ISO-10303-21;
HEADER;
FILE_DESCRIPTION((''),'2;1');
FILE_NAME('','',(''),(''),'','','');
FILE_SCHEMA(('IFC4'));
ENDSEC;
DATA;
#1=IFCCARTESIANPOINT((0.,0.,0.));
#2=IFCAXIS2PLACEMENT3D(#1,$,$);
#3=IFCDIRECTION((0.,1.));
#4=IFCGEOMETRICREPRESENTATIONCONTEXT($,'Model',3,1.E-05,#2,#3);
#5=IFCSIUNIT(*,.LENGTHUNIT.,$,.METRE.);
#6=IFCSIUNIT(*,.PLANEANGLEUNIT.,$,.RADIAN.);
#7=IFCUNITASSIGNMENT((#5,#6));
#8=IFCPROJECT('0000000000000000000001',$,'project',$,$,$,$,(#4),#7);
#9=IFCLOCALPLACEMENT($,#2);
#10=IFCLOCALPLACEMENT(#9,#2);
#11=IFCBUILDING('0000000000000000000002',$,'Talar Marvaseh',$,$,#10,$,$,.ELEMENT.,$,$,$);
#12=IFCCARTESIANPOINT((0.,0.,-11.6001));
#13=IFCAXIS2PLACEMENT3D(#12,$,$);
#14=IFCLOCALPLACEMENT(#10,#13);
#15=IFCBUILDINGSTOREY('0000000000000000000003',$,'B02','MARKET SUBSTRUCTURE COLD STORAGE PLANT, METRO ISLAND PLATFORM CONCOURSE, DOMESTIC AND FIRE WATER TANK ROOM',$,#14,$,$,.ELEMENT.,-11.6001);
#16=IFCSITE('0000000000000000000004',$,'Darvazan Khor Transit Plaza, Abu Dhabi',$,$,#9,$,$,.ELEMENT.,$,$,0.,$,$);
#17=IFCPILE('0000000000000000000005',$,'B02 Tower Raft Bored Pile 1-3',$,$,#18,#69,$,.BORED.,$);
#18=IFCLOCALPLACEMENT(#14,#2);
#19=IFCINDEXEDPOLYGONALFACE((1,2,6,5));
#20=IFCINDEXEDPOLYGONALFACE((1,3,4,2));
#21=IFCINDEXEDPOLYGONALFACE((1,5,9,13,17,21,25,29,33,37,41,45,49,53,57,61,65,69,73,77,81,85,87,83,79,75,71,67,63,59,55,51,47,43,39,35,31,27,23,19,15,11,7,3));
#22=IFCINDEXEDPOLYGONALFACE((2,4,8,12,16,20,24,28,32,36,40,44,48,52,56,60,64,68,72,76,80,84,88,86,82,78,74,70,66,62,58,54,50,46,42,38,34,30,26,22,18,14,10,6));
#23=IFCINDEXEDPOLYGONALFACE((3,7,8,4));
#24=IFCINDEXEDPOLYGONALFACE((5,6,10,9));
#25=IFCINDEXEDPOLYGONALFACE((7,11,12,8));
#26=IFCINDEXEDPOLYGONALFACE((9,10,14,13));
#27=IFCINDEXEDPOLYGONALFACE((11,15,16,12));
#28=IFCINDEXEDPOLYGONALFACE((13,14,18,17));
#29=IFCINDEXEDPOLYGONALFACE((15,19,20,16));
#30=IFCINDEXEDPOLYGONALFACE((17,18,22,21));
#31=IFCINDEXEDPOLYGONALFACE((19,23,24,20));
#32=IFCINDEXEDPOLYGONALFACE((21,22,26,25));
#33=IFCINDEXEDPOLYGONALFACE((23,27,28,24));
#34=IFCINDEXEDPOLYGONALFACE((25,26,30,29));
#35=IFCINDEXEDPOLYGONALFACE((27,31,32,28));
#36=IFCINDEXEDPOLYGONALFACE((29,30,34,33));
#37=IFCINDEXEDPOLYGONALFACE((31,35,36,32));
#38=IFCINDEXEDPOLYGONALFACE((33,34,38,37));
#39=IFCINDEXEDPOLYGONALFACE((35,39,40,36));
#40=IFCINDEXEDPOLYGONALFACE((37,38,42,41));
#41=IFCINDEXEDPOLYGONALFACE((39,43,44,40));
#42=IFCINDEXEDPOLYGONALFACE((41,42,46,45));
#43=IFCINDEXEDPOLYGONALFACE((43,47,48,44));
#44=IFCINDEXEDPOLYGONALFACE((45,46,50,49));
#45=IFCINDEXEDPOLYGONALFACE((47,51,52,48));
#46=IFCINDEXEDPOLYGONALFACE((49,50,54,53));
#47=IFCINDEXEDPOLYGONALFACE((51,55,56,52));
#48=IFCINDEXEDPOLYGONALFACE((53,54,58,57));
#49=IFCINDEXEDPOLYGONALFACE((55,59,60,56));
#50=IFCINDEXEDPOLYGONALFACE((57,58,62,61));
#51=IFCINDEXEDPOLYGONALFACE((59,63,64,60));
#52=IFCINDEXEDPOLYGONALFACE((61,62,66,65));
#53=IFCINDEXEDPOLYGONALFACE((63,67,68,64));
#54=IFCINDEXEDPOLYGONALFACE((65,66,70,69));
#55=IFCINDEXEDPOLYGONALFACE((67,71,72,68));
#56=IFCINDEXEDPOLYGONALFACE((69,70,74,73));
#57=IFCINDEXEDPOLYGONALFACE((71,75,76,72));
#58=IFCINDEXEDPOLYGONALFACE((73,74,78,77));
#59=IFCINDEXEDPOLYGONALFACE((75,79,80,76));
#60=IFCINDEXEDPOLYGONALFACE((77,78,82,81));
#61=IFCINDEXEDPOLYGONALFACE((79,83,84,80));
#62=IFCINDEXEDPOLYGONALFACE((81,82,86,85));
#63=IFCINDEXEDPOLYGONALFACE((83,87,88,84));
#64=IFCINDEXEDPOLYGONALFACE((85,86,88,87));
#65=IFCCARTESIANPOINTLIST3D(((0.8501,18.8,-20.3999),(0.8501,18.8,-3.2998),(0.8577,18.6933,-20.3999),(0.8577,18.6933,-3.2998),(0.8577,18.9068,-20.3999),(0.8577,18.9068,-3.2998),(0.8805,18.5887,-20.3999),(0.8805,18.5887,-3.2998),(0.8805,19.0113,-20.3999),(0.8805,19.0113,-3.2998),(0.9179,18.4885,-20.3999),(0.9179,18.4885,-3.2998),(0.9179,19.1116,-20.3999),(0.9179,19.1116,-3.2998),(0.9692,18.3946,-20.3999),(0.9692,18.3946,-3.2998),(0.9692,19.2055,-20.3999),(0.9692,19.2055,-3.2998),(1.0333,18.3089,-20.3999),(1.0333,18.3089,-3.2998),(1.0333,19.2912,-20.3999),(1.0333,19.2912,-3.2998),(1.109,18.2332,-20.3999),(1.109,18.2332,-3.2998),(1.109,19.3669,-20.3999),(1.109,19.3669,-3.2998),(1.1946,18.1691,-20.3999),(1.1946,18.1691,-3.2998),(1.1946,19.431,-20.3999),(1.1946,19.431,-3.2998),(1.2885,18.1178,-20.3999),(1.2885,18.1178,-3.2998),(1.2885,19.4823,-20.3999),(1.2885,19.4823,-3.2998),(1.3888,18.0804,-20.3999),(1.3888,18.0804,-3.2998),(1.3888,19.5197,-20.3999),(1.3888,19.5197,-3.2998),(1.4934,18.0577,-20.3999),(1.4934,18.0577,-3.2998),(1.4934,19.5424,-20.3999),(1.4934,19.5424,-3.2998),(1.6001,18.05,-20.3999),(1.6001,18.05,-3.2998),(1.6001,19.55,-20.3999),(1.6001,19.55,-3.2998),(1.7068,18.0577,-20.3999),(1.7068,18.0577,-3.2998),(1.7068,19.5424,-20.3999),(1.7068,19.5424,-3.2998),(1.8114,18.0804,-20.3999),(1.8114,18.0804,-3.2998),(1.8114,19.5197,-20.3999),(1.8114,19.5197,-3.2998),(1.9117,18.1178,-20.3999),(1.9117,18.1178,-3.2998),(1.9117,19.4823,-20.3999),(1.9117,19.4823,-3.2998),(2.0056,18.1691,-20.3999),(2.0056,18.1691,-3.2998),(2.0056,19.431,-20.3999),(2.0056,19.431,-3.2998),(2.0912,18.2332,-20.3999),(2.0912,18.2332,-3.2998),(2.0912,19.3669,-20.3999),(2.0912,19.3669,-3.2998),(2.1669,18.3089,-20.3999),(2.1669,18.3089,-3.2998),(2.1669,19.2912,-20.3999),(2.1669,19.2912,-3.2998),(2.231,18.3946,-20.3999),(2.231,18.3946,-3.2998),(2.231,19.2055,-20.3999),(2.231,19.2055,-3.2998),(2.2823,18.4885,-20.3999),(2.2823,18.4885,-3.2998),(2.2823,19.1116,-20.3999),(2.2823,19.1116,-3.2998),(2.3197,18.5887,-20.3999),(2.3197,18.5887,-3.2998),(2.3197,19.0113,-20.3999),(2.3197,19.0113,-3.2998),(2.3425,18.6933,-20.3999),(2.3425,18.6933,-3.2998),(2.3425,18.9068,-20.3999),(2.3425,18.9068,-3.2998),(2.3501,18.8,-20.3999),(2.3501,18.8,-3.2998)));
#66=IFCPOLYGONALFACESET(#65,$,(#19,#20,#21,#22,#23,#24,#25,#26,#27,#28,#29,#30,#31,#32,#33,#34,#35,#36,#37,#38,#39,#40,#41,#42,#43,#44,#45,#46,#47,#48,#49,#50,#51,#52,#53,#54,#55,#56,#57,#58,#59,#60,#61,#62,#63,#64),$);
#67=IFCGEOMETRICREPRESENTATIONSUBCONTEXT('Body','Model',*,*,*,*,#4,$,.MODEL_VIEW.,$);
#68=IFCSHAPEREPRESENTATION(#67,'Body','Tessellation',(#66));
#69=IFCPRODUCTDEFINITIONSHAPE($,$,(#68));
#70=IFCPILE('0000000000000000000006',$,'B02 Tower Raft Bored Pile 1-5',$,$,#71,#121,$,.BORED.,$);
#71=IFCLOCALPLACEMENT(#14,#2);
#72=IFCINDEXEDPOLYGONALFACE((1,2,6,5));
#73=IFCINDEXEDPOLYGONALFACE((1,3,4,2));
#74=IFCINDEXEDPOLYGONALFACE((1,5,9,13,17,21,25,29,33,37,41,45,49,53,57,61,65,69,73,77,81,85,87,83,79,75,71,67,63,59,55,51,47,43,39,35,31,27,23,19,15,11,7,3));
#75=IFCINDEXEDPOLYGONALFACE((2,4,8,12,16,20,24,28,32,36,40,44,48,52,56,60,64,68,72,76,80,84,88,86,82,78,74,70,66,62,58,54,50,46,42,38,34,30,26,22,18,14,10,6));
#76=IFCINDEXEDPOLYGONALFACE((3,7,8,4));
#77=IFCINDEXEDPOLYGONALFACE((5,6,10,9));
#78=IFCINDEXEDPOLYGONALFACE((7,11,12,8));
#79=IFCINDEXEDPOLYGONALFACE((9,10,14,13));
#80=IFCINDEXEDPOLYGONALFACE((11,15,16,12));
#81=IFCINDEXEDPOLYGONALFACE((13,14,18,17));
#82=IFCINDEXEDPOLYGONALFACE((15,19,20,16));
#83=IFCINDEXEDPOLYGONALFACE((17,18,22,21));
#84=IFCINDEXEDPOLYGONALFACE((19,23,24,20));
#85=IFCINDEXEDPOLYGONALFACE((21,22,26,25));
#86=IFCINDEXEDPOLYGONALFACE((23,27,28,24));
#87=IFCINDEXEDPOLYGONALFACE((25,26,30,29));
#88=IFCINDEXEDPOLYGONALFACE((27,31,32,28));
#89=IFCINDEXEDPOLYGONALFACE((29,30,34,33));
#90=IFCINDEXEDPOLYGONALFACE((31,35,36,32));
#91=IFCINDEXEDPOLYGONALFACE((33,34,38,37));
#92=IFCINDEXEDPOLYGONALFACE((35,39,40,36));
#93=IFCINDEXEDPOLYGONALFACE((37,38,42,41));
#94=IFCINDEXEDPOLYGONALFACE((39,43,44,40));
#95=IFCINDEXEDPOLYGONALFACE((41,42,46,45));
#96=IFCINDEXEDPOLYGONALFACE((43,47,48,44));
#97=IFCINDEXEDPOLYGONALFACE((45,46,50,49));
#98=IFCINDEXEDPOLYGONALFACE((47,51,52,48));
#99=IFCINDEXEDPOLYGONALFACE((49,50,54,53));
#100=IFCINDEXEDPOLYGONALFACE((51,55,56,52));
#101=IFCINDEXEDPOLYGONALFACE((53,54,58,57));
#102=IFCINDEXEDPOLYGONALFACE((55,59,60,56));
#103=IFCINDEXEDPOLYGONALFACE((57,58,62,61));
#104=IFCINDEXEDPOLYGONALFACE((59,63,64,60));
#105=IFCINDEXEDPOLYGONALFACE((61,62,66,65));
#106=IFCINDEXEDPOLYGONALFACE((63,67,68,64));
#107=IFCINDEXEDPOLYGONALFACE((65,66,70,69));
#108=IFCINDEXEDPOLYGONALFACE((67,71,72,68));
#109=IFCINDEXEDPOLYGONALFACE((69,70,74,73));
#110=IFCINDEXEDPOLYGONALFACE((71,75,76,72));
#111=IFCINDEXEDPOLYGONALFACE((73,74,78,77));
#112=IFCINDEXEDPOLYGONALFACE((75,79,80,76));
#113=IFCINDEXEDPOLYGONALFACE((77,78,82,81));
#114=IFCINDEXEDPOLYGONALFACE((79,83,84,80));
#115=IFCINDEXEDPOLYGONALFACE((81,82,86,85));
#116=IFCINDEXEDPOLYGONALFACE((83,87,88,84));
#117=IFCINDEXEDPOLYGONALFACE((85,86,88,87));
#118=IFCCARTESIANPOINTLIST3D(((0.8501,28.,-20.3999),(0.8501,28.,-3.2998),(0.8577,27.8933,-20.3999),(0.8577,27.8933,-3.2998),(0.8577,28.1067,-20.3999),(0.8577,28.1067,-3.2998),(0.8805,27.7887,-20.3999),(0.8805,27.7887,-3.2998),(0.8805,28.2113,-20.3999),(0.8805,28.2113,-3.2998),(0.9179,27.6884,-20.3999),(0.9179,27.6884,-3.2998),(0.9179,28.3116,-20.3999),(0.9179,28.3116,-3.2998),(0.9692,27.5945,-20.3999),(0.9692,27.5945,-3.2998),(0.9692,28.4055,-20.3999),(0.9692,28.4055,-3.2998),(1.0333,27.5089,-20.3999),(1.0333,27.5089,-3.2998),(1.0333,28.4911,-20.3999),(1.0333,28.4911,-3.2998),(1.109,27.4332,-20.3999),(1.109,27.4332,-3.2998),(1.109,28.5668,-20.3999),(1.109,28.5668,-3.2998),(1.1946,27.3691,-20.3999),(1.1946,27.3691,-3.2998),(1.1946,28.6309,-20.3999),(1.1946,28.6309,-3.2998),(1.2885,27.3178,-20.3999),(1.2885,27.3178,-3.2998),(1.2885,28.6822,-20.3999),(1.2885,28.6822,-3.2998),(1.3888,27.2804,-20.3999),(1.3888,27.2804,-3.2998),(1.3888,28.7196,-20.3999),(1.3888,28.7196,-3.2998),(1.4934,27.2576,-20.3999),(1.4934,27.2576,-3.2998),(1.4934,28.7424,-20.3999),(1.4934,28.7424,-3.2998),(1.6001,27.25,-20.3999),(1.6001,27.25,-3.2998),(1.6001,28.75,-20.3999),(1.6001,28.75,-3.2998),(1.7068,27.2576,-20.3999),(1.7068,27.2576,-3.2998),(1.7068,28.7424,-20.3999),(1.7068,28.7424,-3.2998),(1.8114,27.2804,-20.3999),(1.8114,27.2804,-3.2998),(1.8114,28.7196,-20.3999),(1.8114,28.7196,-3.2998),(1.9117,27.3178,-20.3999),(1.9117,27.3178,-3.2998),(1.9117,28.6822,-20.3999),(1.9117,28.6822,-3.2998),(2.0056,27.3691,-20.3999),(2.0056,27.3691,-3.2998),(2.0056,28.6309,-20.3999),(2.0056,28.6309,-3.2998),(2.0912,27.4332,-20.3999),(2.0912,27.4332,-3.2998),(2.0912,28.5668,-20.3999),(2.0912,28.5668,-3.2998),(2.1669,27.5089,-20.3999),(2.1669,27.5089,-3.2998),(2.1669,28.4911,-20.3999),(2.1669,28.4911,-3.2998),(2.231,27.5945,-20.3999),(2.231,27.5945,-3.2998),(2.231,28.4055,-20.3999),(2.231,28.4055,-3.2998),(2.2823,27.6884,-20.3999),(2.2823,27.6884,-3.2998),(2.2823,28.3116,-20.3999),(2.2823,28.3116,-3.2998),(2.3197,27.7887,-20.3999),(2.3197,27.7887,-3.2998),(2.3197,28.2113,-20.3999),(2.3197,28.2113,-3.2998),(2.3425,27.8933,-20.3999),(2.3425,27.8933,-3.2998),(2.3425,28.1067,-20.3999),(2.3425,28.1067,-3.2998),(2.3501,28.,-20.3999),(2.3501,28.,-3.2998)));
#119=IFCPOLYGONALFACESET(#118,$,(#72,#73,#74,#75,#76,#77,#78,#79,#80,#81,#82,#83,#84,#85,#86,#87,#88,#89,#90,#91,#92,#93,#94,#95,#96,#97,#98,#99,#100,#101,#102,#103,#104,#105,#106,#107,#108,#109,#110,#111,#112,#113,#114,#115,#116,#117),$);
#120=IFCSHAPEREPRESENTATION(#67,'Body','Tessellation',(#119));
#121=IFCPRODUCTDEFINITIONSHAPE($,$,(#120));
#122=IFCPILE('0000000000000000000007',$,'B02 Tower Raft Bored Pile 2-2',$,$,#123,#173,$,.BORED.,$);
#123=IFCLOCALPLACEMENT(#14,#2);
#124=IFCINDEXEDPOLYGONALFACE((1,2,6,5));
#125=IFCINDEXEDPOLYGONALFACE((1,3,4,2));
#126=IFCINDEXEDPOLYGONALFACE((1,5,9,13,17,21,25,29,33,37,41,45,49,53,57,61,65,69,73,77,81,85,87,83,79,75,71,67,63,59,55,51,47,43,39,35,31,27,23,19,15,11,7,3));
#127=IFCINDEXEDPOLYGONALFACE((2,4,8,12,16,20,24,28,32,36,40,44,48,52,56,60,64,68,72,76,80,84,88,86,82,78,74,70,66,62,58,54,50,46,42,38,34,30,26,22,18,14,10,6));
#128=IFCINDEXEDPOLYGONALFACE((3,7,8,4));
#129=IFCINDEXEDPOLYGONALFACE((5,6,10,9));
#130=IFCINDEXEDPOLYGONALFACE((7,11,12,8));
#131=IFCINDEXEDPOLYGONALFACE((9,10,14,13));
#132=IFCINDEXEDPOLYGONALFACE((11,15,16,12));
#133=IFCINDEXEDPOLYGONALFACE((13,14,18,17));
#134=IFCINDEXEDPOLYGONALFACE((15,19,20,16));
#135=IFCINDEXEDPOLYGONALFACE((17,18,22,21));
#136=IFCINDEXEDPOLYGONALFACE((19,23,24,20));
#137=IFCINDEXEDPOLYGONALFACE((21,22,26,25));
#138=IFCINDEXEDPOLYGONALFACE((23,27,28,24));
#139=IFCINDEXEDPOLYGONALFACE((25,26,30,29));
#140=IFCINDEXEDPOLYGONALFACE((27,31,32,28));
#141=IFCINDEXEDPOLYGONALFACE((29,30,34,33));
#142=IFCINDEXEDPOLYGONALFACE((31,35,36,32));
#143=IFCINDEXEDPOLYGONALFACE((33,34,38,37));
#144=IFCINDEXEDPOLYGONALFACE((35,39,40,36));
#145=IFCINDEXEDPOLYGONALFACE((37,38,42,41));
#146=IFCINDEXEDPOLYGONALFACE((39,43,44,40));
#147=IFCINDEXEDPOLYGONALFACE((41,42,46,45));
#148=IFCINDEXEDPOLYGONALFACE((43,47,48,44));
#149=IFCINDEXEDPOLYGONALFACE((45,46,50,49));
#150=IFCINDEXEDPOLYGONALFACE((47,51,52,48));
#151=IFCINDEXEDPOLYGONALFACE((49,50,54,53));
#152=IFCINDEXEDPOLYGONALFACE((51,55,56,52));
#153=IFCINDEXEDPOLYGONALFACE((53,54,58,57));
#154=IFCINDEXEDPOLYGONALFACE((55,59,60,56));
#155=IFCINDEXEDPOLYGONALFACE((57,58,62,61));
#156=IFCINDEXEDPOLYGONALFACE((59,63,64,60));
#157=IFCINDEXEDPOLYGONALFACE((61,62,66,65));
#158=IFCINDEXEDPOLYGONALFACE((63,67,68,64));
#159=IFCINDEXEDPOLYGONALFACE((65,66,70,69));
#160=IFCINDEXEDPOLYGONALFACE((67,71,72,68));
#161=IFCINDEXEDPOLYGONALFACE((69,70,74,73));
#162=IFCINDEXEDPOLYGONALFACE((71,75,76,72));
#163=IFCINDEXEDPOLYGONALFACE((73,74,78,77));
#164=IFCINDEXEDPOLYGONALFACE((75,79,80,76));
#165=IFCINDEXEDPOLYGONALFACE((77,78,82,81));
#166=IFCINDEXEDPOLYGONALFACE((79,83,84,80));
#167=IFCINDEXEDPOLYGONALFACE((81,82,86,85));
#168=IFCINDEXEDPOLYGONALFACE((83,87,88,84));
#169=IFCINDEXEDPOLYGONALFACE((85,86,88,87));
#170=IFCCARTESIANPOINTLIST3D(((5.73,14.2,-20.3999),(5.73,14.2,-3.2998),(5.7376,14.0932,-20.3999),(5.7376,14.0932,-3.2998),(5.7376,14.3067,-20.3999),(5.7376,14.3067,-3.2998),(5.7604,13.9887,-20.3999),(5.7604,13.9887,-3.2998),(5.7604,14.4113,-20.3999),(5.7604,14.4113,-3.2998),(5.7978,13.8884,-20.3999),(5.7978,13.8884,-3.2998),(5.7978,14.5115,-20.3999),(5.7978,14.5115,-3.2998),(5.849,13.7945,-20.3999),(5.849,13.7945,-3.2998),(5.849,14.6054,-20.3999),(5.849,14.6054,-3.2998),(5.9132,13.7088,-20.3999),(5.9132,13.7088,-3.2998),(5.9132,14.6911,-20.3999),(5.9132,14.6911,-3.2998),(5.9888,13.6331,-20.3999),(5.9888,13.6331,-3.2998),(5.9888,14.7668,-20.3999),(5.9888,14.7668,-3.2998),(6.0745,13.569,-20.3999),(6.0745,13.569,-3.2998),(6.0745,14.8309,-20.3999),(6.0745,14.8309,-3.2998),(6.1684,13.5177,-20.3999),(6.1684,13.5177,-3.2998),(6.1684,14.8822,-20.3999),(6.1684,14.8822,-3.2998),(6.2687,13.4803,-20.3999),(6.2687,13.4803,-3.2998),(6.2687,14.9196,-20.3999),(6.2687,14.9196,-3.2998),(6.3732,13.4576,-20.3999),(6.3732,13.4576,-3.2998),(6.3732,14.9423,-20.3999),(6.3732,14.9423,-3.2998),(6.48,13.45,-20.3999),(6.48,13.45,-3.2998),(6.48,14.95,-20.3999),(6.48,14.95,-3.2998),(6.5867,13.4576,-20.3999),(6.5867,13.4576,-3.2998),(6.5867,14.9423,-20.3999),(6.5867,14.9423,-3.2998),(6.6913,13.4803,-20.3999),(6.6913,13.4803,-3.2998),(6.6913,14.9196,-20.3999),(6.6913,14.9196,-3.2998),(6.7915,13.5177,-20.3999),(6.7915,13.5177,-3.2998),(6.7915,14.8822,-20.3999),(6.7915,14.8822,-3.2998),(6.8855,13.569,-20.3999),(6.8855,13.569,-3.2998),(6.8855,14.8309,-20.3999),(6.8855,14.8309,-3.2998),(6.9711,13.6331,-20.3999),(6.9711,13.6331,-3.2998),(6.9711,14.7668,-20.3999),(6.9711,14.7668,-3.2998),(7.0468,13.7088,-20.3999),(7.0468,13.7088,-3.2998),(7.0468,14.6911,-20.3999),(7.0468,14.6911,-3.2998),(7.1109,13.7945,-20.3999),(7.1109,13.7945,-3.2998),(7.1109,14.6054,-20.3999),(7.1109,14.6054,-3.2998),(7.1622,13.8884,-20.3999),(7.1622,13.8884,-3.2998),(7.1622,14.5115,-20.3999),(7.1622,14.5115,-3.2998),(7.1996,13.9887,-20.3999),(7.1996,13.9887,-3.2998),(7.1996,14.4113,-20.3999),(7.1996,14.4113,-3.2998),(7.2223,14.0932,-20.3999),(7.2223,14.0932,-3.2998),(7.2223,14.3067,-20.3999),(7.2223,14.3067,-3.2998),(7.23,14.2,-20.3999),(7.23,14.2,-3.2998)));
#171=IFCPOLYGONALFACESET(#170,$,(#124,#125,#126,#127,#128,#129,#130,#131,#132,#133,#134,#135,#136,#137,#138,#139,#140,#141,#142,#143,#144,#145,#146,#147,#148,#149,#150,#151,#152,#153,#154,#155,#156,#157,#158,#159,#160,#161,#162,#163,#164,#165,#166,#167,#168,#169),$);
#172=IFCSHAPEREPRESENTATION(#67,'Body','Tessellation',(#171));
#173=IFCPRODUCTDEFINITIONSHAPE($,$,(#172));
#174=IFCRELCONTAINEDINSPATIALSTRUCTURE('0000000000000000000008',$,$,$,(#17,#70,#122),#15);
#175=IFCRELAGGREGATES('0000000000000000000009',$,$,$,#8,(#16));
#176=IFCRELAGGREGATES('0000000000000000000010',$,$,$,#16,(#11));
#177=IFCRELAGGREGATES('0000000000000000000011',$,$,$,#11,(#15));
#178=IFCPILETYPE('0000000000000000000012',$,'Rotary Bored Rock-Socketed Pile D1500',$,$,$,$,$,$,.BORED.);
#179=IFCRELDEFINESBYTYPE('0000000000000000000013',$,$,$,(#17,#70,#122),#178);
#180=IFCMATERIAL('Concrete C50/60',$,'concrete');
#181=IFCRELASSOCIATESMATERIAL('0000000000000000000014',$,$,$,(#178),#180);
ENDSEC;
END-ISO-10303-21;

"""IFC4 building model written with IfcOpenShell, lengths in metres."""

from ifc_helpers import new_model, si_unit, direction, frame, origin, origin_2d, place, context, subcontext, project, spatial, circle, extrude, source, transform, mapped, material, material_profile, profile_set, type_object, type_shapes, element, save


model = new_model("IFC4")

# Units and contexts
model_context = context("Model", 3, precision=1e-05, world=origin(), true_north=direction((0.0, 1.0)))
body_context = subcontext(model_context, "Body", "Model", "MODEL_VIEW")
ifc_project = project(units=[si_unit("LENGTHUNIT", "METRE"), si_unit("PLANEANGLEUNIT", "RADIAN")], contexts=[model_context])

# Site, building, storey
site_placement = place(None, origin())
site = spatial("IfcSite", under=ifc_project, at=site_placement, Name="Darvazan Khor Transit Plaza, Abu Dhabi", CompositionType="ELEMENT", RefElevation=0.0)
building_placement = place(site_placement, origin())
building = spatial("IfcBuilding", under=site, at=building_placement, Name="Talar Marvaseh", CompositionType="ELEMENT")
storey_placement = place(building_placement, frame((0.0, 0.0, -11.6001)))
storey = spatial("IfcBuildingStorey", under=building, at=storey_placement, Name="B02", Description="MARKET SUBSTRUCTURE COLD STORAGE PLANT, METRO ISLAND PLATFORM CONCOURSE, DOMESTIC AND FIRE WATER TANK ROOM", CompositionType="ELEMENT", Elevation=-11.6001)

# Piles
ifc_material_1 = material(Name="Concrete C50/60", Category="concrete")
ifc_material_profile_1 = material_profile(ifc_material_1, circle(Radius=0.75, at=origin_2d()), Name="PILE-D1500")
ifc_profile_set_1 = profile_set([ifc_material_profile_1], Name="Concrete C50/60")
pile_type_1 = type_object("IfcPileType", Name="Rotary Bored Rock-Socketed Pile D1500", PredefinedType="BORED", material=ifc_profile_set_1)
shared_shape_1 = source(origin(), body_context, "Body", "SweptSolid", [
    extrude(circle(Radius=0.75, at=origin_2d()), origin(), (0.0, 0.0, 1.0), 17.1001),
])
type_shapes(pile_type_1, [shared_shape_1])
for number, where, z_axis, x_axis, name in (
    (1, (1.6001, 18.8, -3.2998), (0.0, 0.0, -1.0), (1.0, 0.0, 0.0), "B02 Tower Raft Bored Pile 1-3"),
    (2, (1.6001, 28.0, -3.2998), (0.0, 0.0, -1.0), (1.0, 0.0, 0.0), "B02 Tower Raft Bored Pile 1-5"),
    (3, (6.48, 14.2, -3.2998), (0.0, 0.0, -1.0), (1.0, 0.0, 0.0), "B02 Tower Raft Bored Pile 2-2"),
):
    element("IfcPile", number, at=place(storey_placement, frame(where, z_axis=z_axis, x_axis=x_axis)), inside=storey, type_object=pile_type_1, Name=name, PredefinedType="BORED", context=body_context, shape_type="MappedRepresentation", body=[
        mapped(shared_shape_1, transform((0.0, 0.0, 0.0), x_axis=(1.0, 0.0, 0.0), y_axis=(0.0, 1.0, 0.0), z_axis=(0.0, 0.0, 1.0), scale=1.0)),
    ])

save(model, "model.ifc")
